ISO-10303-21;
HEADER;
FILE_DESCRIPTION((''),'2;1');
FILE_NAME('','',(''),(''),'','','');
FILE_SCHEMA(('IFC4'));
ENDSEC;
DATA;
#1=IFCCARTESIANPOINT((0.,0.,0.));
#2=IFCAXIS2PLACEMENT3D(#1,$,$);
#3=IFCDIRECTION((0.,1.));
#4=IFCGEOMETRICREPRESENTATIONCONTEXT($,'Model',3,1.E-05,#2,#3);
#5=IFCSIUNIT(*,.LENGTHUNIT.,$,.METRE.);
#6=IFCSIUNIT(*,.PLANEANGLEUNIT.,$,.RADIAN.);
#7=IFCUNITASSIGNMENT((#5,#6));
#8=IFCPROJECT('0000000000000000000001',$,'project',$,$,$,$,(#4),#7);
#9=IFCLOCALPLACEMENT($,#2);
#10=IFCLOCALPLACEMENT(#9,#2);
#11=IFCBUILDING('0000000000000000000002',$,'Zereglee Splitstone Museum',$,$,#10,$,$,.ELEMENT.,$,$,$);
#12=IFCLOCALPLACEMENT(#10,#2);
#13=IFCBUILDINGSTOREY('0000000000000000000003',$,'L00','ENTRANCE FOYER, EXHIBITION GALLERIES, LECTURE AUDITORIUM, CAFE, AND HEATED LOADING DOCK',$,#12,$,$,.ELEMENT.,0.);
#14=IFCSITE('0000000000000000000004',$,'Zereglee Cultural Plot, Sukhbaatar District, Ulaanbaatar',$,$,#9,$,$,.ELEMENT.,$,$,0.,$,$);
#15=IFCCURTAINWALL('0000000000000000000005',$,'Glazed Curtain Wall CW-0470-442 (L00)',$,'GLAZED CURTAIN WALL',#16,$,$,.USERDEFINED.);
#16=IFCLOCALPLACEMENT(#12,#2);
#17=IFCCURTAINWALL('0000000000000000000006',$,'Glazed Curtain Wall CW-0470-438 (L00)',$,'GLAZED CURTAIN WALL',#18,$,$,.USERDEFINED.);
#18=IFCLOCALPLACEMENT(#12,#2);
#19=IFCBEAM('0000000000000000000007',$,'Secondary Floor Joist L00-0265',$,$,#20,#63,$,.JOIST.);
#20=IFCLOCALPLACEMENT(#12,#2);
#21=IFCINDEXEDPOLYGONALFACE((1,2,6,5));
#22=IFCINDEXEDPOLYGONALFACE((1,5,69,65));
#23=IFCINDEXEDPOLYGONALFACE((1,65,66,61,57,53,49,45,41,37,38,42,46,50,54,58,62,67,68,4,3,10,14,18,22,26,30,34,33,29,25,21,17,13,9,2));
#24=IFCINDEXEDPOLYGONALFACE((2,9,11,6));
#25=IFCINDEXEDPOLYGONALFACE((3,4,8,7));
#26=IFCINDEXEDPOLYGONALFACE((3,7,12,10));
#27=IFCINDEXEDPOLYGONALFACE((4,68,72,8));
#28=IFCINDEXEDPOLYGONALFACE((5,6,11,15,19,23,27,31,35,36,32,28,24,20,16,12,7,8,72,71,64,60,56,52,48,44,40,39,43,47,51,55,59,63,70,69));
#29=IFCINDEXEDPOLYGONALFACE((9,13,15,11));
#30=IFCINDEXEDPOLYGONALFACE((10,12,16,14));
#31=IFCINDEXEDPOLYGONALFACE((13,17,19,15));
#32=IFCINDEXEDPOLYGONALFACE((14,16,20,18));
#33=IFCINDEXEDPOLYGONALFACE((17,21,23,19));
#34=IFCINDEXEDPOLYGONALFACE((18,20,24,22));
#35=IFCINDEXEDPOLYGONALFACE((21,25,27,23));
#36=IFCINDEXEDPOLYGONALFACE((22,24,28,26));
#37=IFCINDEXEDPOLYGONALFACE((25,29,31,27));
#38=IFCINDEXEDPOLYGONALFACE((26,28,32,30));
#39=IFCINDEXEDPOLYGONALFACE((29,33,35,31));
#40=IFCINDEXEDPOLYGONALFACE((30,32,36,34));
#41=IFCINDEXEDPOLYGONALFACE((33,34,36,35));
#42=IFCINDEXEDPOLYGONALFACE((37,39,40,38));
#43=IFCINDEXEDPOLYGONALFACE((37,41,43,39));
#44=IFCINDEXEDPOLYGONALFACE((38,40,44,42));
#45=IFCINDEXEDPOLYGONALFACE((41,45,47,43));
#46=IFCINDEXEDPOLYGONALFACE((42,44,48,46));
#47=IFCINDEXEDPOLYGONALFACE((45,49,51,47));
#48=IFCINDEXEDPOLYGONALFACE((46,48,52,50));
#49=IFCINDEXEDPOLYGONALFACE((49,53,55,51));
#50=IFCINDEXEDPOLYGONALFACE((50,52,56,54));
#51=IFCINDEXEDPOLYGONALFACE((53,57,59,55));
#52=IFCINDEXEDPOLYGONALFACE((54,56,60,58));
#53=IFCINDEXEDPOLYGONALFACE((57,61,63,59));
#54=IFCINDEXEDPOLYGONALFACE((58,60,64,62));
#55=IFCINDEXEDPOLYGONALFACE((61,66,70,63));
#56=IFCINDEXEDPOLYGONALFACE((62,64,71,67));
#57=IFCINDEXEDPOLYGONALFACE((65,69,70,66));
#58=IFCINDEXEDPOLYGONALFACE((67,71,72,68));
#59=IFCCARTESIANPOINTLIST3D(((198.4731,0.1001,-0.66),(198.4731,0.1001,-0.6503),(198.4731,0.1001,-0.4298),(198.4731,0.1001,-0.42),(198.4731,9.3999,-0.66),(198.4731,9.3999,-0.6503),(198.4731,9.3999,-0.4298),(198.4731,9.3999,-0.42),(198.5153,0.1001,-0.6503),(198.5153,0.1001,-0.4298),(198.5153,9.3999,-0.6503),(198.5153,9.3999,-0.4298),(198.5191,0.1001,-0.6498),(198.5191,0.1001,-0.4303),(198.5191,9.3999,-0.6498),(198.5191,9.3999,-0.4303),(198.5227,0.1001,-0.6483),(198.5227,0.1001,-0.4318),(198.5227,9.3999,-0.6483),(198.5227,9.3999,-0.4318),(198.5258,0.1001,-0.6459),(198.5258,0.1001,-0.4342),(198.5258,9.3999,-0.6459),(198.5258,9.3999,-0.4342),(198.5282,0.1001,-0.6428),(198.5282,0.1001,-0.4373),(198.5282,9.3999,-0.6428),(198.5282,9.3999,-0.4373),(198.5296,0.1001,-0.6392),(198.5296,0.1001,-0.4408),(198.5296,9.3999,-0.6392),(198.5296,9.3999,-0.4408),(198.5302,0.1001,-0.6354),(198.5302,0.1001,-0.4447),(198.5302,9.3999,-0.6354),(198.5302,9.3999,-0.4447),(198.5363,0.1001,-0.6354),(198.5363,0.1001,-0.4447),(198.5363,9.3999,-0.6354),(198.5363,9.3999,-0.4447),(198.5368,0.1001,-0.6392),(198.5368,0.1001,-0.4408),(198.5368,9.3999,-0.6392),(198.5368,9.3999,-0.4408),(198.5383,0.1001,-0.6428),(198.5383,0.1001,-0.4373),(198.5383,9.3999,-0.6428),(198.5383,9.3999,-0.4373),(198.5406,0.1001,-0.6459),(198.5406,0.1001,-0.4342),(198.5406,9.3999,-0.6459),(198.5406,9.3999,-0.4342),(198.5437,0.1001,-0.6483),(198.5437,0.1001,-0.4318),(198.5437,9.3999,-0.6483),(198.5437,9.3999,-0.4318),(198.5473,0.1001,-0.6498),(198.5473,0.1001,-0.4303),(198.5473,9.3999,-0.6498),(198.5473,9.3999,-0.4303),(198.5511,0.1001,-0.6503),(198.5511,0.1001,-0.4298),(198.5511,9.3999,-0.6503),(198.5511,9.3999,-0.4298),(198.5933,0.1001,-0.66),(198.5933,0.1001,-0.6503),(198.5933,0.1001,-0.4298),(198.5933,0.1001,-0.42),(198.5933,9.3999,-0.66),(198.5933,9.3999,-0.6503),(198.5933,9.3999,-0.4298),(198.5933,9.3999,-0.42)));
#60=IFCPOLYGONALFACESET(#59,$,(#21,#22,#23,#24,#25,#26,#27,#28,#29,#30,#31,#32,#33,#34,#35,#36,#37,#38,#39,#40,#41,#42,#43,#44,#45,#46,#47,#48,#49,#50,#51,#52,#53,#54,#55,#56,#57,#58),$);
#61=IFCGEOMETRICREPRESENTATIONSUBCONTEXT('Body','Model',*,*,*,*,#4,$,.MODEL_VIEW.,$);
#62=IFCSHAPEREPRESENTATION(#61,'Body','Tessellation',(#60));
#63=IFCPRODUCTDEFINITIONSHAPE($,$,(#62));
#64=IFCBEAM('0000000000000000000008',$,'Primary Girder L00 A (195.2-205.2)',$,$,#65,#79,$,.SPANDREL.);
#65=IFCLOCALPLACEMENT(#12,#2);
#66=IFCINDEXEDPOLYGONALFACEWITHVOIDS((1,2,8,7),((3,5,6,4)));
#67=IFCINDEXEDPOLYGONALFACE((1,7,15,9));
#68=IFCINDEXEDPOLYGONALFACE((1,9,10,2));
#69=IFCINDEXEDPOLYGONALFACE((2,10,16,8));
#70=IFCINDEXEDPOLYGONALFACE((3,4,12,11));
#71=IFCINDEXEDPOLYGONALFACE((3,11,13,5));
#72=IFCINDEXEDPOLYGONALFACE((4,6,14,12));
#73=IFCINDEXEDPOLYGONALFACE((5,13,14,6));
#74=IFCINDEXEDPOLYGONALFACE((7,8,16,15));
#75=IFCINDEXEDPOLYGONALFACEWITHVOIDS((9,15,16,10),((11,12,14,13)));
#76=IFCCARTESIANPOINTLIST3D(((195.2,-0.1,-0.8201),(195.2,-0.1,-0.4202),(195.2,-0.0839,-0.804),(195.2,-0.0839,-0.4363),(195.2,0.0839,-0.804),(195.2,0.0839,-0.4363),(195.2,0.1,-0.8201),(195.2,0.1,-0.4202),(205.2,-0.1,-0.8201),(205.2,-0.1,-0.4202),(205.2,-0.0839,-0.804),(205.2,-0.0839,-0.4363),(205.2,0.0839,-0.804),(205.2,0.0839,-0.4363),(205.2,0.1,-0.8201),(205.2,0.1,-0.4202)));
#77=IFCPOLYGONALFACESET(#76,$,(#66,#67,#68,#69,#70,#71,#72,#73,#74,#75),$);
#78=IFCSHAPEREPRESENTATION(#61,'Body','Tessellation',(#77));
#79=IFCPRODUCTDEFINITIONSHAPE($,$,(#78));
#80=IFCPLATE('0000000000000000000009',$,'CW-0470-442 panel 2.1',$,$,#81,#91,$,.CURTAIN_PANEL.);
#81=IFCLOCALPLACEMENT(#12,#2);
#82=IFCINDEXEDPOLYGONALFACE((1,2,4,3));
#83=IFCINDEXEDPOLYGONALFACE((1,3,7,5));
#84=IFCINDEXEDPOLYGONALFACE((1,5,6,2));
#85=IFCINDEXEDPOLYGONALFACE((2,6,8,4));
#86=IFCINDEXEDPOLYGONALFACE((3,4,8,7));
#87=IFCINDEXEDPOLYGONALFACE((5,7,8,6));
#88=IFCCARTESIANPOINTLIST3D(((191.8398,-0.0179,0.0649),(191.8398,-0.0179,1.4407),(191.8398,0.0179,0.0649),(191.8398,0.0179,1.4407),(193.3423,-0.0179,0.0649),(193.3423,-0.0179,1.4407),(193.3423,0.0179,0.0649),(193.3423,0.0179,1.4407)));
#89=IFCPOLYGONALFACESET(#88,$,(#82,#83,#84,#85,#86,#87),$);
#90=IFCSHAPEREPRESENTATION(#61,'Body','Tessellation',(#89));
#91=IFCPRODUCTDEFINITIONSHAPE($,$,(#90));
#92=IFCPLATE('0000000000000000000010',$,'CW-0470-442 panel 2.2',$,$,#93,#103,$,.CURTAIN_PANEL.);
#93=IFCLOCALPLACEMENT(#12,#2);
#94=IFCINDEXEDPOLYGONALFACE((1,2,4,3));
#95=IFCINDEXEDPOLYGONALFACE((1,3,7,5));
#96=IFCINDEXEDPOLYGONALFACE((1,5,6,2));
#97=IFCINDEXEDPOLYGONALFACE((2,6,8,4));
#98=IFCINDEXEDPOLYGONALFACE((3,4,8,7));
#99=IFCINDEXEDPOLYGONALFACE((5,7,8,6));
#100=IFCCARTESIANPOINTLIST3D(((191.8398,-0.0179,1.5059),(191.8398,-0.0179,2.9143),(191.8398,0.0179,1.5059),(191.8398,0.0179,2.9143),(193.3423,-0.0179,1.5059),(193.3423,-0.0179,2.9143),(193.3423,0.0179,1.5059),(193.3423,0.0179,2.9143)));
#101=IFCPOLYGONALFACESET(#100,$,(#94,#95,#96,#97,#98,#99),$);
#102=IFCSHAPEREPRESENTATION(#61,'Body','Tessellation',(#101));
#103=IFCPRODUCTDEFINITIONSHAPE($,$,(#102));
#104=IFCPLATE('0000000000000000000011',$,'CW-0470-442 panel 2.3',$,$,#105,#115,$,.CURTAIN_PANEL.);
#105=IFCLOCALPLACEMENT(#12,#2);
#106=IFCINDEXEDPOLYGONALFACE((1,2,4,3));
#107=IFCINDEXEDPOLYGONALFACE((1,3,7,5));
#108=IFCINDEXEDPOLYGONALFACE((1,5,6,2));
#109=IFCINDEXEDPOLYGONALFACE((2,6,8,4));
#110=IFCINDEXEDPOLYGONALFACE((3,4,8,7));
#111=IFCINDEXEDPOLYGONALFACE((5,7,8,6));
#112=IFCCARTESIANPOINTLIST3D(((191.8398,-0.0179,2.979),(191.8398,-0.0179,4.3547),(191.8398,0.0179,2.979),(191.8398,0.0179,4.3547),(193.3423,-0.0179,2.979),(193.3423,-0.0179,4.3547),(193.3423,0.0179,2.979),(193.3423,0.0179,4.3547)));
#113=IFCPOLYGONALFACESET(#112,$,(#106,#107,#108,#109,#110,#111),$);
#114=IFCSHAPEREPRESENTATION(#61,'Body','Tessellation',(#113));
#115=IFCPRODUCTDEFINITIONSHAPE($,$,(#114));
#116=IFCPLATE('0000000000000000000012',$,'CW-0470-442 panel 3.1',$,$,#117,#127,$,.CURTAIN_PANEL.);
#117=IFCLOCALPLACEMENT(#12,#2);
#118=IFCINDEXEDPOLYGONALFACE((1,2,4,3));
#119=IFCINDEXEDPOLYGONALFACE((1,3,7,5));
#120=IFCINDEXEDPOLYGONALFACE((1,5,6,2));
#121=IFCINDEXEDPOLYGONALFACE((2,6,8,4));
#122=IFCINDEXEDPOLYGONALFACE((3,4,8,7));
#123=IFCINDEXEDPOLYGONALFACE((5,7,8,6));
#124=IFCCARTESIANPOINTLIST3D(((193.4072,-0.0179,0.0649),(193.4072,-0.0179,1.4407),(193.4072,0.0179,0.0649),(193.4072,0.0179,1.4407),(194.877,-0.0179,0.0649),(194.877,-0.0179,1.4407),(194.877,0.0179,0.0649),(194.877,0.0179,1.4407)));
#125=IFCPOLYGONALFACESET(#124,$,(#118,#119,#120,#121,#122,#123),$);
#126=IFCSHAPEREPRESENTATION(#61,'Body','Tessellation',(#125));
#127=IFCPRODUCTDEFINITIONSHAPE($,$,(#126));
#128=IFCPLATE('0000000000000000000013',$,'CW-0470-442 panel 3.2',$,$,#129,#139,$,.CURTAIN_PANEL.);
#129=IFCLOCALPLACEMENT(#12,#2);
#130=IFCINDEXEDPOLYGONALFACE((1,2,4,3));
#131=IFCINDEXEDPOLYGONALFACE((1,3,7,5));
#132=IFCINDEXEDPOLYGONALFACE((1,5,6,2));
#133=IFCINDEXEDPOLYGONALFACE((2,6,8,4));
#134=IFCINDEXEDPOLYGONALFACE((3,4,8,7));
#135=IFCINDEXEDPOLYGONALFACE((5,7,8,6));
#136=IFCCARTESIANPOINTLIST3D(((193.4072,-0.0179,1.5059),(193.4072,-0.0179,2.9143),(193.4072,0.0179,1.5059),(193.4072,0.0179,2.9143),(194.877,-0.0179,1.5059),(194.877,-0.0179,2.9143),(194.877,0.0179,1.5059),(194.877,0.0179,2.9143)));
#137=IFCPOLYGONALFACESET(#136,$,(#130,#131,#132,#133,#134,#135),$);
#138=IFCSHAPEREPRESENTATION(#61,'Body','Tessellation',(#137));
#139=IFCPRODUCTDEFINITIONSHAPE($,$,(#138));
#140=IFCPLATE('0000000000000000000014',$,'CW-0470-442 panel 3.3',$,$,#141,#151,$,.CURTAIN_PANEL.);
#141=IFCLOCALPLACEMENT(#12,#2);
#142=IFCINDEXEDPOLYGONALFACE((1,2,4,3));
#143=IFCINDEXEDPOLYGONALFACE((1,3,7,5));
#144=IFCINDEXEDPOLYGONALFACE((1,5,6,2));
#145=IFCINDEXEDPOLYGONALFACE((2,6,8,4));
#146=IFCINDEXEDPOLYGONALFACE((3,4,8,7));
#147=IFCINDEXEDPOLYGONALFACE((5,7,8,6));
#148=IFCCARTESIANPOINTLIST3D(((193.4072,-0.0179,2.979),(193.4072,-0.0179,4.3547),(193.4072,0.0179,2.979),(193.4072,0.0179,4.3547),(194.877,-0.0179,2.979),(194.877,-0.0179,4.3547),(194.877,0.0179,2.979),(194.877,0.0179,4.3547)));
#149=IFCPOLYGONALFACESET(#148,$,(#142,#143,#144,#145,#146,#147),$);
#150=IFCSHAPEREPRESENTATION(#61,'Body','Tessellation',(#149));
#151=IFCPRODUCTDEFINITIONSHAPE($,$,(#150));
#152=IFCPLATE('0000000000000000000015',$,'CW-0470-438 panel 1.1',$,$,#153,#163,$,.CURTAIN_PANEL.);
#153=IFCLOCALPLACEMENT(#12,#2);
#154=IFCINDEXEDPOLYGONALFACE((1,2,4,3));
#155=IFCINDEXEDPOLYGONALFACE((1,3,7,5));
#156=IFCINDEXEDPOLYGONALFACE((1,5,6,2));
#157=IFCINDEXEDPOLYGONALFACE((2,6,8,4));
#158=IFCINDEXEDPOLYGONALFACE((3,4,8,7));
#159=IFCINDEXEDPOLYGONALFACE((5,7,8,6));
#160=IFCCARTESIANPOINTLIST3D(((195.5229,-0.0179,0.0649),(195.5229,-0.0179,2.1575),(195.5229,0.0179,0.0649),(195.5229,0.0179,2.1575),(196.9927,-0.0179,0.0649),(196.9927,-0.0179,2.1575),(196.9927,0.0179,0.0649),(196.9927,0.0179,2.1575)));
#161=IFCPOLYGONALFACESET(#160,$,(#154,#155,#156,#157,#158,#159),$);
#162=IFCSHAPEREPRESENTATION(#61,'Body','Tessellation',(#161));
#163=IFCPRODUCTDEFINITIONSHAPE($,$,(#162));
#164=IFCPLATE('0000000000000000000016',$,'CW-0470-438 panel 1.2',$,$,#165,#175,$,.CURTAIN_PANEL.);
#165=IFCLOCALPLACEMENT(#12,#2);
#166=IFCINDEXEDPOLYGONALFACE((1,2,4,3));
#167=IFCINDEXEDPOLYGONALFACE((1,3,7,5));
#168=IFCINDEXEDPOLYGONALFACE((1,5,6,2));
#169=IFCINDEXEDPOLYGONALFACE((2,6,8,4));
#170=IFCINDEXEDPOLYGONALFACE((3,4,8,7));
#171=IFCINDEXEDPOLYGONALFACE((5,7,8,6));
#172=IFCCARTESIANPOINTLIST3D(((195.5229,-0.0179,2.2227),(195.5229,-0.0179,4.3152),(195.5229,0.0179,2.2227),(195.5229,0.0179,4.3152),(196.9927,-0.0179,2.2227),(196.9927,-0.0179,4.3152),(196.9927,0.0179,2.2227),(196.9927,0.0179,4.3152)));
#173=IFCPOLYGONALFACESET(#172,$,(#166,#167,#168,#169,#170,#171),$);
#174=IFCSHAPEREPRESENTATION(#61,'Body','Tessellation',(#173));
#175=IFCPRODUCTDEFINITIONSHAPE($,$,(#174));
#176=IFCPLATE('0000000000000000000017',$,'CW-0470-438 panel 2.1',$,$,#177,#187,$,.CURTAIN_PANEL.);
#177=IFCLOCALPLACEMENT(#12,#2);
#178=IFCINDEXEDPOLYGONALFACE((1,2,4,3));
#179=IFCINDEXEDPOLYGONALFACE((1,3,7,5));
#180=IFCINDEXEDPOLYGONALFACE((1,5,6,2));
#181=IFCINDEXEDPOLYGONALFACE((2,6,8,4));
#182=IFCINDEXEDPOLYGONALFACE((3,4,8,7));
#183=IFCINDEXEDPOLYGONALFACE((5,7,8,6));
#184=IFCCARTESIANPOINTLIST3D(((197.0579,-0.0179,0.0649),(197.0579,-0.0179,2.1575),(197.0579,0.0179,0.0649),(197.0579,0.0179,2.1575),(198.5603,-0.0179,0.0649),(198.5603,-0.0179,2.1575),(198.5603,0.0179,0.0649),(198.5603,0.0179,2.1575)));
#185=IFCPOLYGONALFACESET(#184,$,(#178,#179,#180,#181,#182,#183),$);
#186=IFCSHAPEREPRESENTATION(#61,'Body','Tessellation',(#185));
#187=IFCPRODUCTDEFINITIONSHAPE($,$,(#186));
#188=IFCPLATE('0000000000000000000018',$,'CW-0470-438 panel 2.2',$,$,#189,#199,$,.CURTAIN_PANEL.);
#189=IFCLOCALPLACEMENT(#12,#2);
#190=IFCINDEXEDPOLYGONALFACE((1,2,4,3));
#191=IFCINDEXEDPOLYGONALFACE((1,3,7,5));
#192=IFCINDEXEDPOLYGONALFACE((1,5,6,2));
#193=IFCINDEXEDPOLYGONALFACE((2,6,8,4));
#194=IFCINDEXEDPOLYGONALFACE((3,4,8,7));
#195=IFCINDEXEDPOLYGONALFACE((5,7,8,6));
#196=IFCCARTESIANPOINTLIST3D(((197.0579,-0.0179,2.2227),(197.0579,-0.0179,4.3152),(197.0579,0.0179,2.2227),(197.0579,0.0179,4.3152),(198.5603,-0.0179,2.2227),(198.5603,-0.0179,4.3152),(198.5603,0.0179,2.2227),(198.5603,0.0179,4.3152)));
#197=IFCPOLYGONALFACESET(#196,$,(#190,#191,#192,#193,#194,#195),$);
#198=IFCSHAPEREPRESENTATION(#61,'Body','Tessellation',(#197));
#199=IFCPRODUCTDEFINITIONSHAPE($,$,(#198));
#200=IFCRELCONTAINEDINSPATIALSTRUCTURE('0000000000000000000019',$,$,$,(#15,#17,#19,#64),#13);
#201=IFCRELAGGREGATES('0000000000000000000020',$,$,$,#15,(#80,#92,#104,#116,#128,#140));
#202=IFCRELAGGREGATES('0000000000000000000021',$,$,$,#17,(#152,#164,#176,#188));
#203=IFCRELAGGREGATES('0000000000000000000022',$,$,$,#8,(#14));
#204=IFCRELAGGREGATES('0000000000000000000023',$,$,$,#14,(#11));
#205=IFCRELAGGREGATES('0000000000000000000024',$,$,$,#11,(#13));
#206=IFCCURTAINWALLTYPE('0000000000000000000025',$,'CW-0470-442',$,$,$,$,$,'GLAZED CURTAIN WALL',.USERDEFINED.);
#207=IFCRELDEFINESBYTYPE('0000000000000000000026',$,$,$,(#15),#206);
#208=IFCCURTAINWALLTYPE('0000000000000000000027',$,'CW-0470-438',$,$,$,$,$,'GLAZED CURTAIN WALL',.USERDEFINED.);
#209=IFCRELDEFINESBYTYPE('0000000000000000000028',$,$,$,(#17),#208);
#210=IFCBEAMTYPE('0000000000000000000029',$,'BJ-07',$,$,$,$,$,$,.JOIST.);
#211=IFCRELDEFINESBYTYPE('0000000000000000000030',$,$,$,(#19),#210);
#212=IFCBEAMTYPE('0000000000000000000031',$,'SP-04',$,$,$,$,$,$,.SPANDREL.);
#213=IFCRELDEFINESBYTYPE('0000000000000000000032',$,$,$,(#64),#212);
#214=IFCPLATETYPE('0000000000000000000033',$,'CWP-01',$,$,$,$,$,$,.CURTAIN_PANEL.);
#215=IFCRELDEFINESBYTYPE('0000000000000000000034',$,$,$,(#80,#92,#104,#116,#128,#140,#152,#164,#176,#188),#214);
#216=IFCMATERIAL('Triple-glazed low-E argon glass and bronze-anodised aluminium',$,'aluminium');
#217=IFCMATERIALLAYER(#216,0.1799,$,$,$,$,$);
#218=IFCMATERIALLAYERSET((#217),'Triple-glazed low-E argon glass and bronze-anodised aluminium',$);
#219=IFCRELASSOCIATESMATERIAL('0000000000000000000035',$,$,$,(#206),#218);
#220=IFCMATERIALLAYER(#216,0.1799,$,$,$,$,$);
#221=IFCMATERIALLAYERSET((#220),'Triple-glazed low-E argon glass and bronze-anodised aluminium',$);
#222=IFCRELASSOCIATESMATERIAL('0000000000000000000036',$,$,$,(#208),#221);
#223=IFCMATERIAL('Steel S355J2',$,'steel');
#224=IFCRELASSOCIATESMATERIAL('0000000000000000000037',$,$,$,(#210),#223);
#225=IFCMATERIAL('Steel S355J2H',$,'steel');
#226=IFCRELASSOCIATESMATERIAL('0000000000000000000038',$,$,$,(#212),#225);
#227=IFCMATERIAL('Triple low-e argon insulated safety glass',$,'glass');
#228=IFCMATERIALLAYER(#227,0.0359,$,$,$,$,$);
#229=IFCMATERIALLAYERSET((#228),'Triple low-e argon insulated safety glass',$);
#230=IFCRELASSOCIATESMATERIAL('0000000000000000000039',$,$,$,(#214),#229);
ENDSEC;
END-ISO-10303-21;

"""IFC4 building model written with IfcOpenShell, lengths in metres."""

from ifc_helpers import new_model, si_unit, direction, frame, origin, origin_2d, place, context, subcontext, project, spatial, rectangle, hollow_rectangle, i_section, extrude, material, layer, layer_set, material_profile, profile_set, type_object, element, aggregate, save


model = new_model("IFC4")

# Units and contexts
model_context = context("Model", 3, precision=1e-05, world=origin(), true_north=direction((0.0, 1.0)))
body_context = subcontext(model_context, "Body", "Model", "MODEL_VIEW")
ifc_project = project(units=[si_unit("LENGTHUNIT", "METRE"), si_unit("PLANEANGLEUNIT", "RADIAN")], contexts=[model_context])

# Site, building, storey
site_placement = place(None, origin())
site = spatial("IfcSite", under=ifc_project, at=site_placement, Name="Zereglee Cultural Plot, Sukhbaatar District, Ulaanbaatar", CompositionType="ELEMENT", RefElevation=0.0)
building_placement = place(site_placement, origin())
building = spatial("IfcBuilding", under=site, at=building_placement, Name="Zereglee Splitstone Museum", CompositionType="ELEMENT")
storey_placement = place(building_placement, origin())
storey = spatial("IfcBuildingStorey", under=building, at=storey_placement, Name="L00", Description="ENTRANCE FOYER, EXHIBITION GALLERIES, LECTURE AUDITORIUM, CAFE, AND HEATED LOADING DOCK", CompositionType="ELEMENT", Elevation=0.0)

# Curtain walls
ifc_material_1 = material(Name="Triple-glazed low-E argon glass and bronze-anodised aluminium", Category="aluminium")
ifc_layer_1 = layer(ifc_material_1, 0.1799)
ifc_layer_set_1 = layer_set([ifc_layer_1], Name="Triple-glazed low-E argon glass and bronze-anodised aluminium")
curtain_wall_type_1 = type_object("IfcCurtainWallType", Name="CW-0470-442", ElementType="GLAZED CURTAIN WALL", PredefinedType="USERDEFINED", material=ifc_layer_set_1)
curtain_wall_1_placement = place(storey_placement, origin())
curtain_wall_1 = element("IfcCurtainWall", 1, at=curtain_wall_1_placement, inside=storey, type_object=curtain_wall_type_1, Name="Glazed Curtain Wall CW-0470-442 (L00)", ObjectType="GLAZED CURTAIN WALL", PredefinedType="USERDEFINED")
ifc_layer_2 = layer(ifc_material_1, 0.1799)
ifc_layer_set_2 = layer_set([ifc_layer_2], Name="Triple-glazed low-E argon glass and bronze-anodised aluminium")
curtain_wall_type_2 = type_object("IfcCurtainWallType", Name="CW-0470-438", ElementType="GLAZED CURTAIN WALL", PredefinedType="USERDEFINED", material=ifc_layer_set_2)
curtain_wall_2_placement = place(storey_placement, origin())
curtain_wall_2 = element("IfcCurtainWall", 2, at=curtain_wall_2_placement, inside=storey, type_object=curtain_wall_type_2, Name="Glazed Curtain Wall CW-0470-438 (L00)", ObjectType="GLAZED CURTAIN WALL", PredefinedType="USERDEFINED")

# Beams
ifc_material_2 = material(Name="Steel S355J2", Category="steel")
ifc_material_profile_1 = material_profile(ifc_material_2, i_section(OverallWidth=0.1201, OverallDepth=0.24, WebThickness=0.0061, FlangeThickness=0.0098, FilletRadius=0.0149, at=origin_2d()), Name="IPE 240")
ifc_profile_set_1 = profile_set([ifc_material_profile_1], Name="Steel S355J2")
beam_type_1 = type_object("IfcBeamType", Name="BJ-07", PredefinedType="JOIST", material=ifc_profile_set_1)
beam_1_placement = place(storey_placement, frame((198.5332, 0.1001, -0.54), z_axis=(0.0, 1.0, 0.0), x_axis=(-1.0, 0.0, 0.0)))
element("IfcBeam", 3, at=beam_1_placement, inside=storey, type_object=beam_type_1, Name="Secondary Floor Joist L00-0265", PredefinedType="JOIST", context=body_context, shape_type="SweptSolid", body=[
    extrude(i_section(OverallWidth=0.1201, OverallDepth=0.24, WebThickness=0.0061, FlangeThickness=0.0098, FilletRadius=0.0149, at=origin_2d()), origin(), (0.0, 0.0, 1.0), 9.2998),
])
ifc_material_3 = material(Name="Steel S355J2H", Category="steel")
ifc_material_profile_2 = material_profile(ifc_material_3, hollow_rectangle(XDim=0.2, YDim=0.3999, WallThickness=0.0161, at=origin_2d()), Name="RHS 400x200x16")
ifc_profile_set_2 = profile_set([ifc_material_profile_2], Name="Steel S355J2H")
beam_type_2 = type_object("IfcBeamType", Name="SP-04", PredefinedType="SPANDREL", material=ifc_profile_set_2)
beam_2_placement = place(storey_placement, frame((195.2, 0.0, -0.6201), z_axis=(1.0, 0.0, 0.0), x_axis=(0.0, 1.0, 0.0)))
element("IfcBeam", 4, at=beam_2_placement, inside=storey, type_object=beam_type_2, Name="Primary Girder L00 A (195.2-205.2)", PredefinedType="SPANDREL", context=body_context, shape_type="SweptSolid", body=[
    extrude(hollow_rectangle(XDim=0.2, YDim=0.3999, WallThickness=0.0161, at=origin_2d()), origin(), (0.0, 0.0, 1.0), 10.0),
])

# Plates
ifc_material_4 = material(Name="Triple low-e argon insulated safety glass", Category="glass")
ifc_layer_3 = layer(ifc_material_4, 0.0359)
ifc_layer_set_3 = layer_set([ifc_layer_3], Name="Triple low-e argon insulated safety glass")
plate_type = type_object("IfcPlateType", Name="CWP-01", PredefinedType="CURTAIN_PANEL", material=ifc_layer_set_3)
plate_1_placement = place(storey_placement, frame((192.5911, 0.0, 0.0649), z_axis=(0.0, 0.0, 1.0), x_axis=(1.0, 0.0, 0.0)))
plate_1 = element("IfcPlate", 5, at=plate_1_placement, type_object=plate_type, Name="CW-0470-442 panel 2.1", PredefinedType="CURTAIN_PANEL", context=body_context, shape_type="SweptSolid", body=[
    extrude(rectangle(XDim=1.5024, YDim=0.0359, at=origin_2d()), origin(), (0.0, 0.0, 1.0), 1.3757),
])
plate_2_placement = place(storey_placement, frame((192.5911, 0.0, 1.5059), z_axis=(0.0, 0.0, 1.0), x_axis=(1.0, 0.0, 0.0)))
plate_2 = element("IfcPlate", 6, at=plate_2_placement, type_object=plate_type, Name="CW-0470-442 panel 2.2", PredefinedType="CURTAIN_PANEL", context=body_context, shape_type="SweptSolid", body=[
    extrude(rectangle(XDim=1.5024, YDim=0.0359, at=origin_2d()), origin(), (0.0, 0.0, 1.0), 1.4084),
])
plate_3_placement = place(storey_placement, frame((192.5911, 0.0, 2.979), z_axis=(0.0, 0.0, 1.0), x_axis=(1.0, 0.0, 0.0)))
plate_3 = element("IfcPlate", 7, at=plate_3_placement, type_object=plate_type, Name="CW-0470-442 panel 2.3", PredefinedType="CURTAIN_PANEL", context=body_context, shape_type="SweptSolid", body=[
    extrude(rectangle(XDim=1.5024, YDim=0.0359, at=origin_2d()), origin(), (0.0, 0.0, 1.0), 1.3757),
])
plate_4_placement = place(storey_placement, frame((194.1421, 0.0, 0.0649), z_axis=(0.0, 0.0, 1.0), x_axis=(1.0, 0.0, 0.0)))
plate_4 = element("IfcPlate", 8, at=plate_4_placement, type_object=plate_type, Name="CW-0470-442 panel 3.1", PredefinedType="CURTAIN_PANEL", context=body_context, shape_type="SweptSolid", body=[
    extrude(rectangle(XDim=1.4697, YDim=0.0359, at=origin_2d()), origin(), (0.0, 0.0, 1.0), 1.3757),
])
plate_5_placement = place(storey_placement, frame((194.1421, 0.0, 1.5059), z_axis=(0.0, 0.0, 1.0), x_axis=(1.0, 0.0, 0.0)))
plate_5 = element("IfcPlate", 9, at=plate_5_placement, type_object=plate_type, Name="CW-0470-442 panel 3.2", PredefinedType="CURTAIN_PANEL", context=body_context, shape_type="SweptSolid", body=[
    extrude(rectangle(XDim=1.4697, YDim=0.0359, at=origin_2d()), origin(), (0.0, 0.0, 1.0), 1.4084),
])
plate_6_placement = place(storey_placement, frame((194.1421, 0.0, 2.979), z_axis=(0.0, 0.0, 1.0), x_axis=(1.0, 0.0, 0.0)))
plate_6 = element("IfcPlate", 10, at=plate_6_placement, type_object=plate_type, Name="CW-0470-442 panel 3.3", PredefinedType="CURTAIN_PANEL", context=body_context, shape_type="SweptSolid", body=[
    extrude(rectangle(XDim=1.4697, YDim=0.0359, at=origin_2d()), origin(), (0.0, 0.0, 1.0), 1.3757),
])
aggregate(curtain_wall_1, [plate_1, plate_2, plate_3, plate_4, plate_5, plate_6])
plate_7_placement = place(storey_placement, frame((196.2578, 0.0, 0.0649), z_axis=(0.0, 0.0, 1.0), x_axis=(1.0, 0.0, 0.0)))
plate_7 = element("IfcPlate", 11, at=plate_7_placement, type_object=plate_type, Name="CW-0470-438 panel 1.1", PredefinedType="CURTAIN_PANEL", context=body_context, shape_type="SweptSolid", body=[
    extrude(rectangle(XDim=1.4697, YDim=0.0359, at=origin_2d()), origin(), (0.0, 0.0, 1.0), 2.0925),
])
plate_8_placement = place(storey_placement, frame((196.2578, 0.0, 2.2227), z_axis=(0.0, 0.0, 1.0), x_axis=(1.0, 0.0, 0.0)))
plate_8 = element("IfcPlate", 12, at=plate_8_placement, type_object=plate_type, Name="CW-0470-438 panel 1.2", PredefinedType="CURTAIN_PANEL", context=body_context, shape_type="SweptSolid", body=[
    extrude(rectangle(XDim=1.4697, YDim=0.0359, at=origin_2d()), origin(), (0.0, 0.0, 1.0), 2.0925),
])
plate_9_placement = place(storey_placement, frame((197.8091, 0.0, 0.0649), z_axis=(0.0, 0.0, 1.0), x_axis=(1.0, 0.0, 0.0)))
plate_9 = element("IfcPlate", 13, at=plate_9_placement, type_object=plate_type, Name="CW-0470-438 panel 2.1", PredefinedType="CURTAIN_PANEL", context=body_context, shape_type="SweptSolid", body=[
    extrude(rectangle(XDim=1.5024, YDim=0.0359, at=origin_2d()), origin(), (0.0, 0.0, 1.0), 2.0925),
])
plate_10_placement = place(storey_placement, frame((197.8091, 0.0, 2.2227), z_axis=(0.0, 0.0, 1.0), x_axis=(1.0, 0.0, 0.0)))
plate_10 = element("IfcPlate", 14, at=plate_10_placement, type_object=plate_type, Name="CW-0470-438 panel 2.2", PredefinedType="CURTAIN_PANEL", context=body_context, shape_type="SweptSolid", body=[
    extrude(rectangle(XDim=1.5024, YDim=0.0359, at=origin_2d()), origin(), (0.0, 0.0, 1.0), 2.0925),
])
aggregate(curtain_wall_2, [plate_7, plate_8, plate_9, plate_10])

save(model, "model.ifc")
